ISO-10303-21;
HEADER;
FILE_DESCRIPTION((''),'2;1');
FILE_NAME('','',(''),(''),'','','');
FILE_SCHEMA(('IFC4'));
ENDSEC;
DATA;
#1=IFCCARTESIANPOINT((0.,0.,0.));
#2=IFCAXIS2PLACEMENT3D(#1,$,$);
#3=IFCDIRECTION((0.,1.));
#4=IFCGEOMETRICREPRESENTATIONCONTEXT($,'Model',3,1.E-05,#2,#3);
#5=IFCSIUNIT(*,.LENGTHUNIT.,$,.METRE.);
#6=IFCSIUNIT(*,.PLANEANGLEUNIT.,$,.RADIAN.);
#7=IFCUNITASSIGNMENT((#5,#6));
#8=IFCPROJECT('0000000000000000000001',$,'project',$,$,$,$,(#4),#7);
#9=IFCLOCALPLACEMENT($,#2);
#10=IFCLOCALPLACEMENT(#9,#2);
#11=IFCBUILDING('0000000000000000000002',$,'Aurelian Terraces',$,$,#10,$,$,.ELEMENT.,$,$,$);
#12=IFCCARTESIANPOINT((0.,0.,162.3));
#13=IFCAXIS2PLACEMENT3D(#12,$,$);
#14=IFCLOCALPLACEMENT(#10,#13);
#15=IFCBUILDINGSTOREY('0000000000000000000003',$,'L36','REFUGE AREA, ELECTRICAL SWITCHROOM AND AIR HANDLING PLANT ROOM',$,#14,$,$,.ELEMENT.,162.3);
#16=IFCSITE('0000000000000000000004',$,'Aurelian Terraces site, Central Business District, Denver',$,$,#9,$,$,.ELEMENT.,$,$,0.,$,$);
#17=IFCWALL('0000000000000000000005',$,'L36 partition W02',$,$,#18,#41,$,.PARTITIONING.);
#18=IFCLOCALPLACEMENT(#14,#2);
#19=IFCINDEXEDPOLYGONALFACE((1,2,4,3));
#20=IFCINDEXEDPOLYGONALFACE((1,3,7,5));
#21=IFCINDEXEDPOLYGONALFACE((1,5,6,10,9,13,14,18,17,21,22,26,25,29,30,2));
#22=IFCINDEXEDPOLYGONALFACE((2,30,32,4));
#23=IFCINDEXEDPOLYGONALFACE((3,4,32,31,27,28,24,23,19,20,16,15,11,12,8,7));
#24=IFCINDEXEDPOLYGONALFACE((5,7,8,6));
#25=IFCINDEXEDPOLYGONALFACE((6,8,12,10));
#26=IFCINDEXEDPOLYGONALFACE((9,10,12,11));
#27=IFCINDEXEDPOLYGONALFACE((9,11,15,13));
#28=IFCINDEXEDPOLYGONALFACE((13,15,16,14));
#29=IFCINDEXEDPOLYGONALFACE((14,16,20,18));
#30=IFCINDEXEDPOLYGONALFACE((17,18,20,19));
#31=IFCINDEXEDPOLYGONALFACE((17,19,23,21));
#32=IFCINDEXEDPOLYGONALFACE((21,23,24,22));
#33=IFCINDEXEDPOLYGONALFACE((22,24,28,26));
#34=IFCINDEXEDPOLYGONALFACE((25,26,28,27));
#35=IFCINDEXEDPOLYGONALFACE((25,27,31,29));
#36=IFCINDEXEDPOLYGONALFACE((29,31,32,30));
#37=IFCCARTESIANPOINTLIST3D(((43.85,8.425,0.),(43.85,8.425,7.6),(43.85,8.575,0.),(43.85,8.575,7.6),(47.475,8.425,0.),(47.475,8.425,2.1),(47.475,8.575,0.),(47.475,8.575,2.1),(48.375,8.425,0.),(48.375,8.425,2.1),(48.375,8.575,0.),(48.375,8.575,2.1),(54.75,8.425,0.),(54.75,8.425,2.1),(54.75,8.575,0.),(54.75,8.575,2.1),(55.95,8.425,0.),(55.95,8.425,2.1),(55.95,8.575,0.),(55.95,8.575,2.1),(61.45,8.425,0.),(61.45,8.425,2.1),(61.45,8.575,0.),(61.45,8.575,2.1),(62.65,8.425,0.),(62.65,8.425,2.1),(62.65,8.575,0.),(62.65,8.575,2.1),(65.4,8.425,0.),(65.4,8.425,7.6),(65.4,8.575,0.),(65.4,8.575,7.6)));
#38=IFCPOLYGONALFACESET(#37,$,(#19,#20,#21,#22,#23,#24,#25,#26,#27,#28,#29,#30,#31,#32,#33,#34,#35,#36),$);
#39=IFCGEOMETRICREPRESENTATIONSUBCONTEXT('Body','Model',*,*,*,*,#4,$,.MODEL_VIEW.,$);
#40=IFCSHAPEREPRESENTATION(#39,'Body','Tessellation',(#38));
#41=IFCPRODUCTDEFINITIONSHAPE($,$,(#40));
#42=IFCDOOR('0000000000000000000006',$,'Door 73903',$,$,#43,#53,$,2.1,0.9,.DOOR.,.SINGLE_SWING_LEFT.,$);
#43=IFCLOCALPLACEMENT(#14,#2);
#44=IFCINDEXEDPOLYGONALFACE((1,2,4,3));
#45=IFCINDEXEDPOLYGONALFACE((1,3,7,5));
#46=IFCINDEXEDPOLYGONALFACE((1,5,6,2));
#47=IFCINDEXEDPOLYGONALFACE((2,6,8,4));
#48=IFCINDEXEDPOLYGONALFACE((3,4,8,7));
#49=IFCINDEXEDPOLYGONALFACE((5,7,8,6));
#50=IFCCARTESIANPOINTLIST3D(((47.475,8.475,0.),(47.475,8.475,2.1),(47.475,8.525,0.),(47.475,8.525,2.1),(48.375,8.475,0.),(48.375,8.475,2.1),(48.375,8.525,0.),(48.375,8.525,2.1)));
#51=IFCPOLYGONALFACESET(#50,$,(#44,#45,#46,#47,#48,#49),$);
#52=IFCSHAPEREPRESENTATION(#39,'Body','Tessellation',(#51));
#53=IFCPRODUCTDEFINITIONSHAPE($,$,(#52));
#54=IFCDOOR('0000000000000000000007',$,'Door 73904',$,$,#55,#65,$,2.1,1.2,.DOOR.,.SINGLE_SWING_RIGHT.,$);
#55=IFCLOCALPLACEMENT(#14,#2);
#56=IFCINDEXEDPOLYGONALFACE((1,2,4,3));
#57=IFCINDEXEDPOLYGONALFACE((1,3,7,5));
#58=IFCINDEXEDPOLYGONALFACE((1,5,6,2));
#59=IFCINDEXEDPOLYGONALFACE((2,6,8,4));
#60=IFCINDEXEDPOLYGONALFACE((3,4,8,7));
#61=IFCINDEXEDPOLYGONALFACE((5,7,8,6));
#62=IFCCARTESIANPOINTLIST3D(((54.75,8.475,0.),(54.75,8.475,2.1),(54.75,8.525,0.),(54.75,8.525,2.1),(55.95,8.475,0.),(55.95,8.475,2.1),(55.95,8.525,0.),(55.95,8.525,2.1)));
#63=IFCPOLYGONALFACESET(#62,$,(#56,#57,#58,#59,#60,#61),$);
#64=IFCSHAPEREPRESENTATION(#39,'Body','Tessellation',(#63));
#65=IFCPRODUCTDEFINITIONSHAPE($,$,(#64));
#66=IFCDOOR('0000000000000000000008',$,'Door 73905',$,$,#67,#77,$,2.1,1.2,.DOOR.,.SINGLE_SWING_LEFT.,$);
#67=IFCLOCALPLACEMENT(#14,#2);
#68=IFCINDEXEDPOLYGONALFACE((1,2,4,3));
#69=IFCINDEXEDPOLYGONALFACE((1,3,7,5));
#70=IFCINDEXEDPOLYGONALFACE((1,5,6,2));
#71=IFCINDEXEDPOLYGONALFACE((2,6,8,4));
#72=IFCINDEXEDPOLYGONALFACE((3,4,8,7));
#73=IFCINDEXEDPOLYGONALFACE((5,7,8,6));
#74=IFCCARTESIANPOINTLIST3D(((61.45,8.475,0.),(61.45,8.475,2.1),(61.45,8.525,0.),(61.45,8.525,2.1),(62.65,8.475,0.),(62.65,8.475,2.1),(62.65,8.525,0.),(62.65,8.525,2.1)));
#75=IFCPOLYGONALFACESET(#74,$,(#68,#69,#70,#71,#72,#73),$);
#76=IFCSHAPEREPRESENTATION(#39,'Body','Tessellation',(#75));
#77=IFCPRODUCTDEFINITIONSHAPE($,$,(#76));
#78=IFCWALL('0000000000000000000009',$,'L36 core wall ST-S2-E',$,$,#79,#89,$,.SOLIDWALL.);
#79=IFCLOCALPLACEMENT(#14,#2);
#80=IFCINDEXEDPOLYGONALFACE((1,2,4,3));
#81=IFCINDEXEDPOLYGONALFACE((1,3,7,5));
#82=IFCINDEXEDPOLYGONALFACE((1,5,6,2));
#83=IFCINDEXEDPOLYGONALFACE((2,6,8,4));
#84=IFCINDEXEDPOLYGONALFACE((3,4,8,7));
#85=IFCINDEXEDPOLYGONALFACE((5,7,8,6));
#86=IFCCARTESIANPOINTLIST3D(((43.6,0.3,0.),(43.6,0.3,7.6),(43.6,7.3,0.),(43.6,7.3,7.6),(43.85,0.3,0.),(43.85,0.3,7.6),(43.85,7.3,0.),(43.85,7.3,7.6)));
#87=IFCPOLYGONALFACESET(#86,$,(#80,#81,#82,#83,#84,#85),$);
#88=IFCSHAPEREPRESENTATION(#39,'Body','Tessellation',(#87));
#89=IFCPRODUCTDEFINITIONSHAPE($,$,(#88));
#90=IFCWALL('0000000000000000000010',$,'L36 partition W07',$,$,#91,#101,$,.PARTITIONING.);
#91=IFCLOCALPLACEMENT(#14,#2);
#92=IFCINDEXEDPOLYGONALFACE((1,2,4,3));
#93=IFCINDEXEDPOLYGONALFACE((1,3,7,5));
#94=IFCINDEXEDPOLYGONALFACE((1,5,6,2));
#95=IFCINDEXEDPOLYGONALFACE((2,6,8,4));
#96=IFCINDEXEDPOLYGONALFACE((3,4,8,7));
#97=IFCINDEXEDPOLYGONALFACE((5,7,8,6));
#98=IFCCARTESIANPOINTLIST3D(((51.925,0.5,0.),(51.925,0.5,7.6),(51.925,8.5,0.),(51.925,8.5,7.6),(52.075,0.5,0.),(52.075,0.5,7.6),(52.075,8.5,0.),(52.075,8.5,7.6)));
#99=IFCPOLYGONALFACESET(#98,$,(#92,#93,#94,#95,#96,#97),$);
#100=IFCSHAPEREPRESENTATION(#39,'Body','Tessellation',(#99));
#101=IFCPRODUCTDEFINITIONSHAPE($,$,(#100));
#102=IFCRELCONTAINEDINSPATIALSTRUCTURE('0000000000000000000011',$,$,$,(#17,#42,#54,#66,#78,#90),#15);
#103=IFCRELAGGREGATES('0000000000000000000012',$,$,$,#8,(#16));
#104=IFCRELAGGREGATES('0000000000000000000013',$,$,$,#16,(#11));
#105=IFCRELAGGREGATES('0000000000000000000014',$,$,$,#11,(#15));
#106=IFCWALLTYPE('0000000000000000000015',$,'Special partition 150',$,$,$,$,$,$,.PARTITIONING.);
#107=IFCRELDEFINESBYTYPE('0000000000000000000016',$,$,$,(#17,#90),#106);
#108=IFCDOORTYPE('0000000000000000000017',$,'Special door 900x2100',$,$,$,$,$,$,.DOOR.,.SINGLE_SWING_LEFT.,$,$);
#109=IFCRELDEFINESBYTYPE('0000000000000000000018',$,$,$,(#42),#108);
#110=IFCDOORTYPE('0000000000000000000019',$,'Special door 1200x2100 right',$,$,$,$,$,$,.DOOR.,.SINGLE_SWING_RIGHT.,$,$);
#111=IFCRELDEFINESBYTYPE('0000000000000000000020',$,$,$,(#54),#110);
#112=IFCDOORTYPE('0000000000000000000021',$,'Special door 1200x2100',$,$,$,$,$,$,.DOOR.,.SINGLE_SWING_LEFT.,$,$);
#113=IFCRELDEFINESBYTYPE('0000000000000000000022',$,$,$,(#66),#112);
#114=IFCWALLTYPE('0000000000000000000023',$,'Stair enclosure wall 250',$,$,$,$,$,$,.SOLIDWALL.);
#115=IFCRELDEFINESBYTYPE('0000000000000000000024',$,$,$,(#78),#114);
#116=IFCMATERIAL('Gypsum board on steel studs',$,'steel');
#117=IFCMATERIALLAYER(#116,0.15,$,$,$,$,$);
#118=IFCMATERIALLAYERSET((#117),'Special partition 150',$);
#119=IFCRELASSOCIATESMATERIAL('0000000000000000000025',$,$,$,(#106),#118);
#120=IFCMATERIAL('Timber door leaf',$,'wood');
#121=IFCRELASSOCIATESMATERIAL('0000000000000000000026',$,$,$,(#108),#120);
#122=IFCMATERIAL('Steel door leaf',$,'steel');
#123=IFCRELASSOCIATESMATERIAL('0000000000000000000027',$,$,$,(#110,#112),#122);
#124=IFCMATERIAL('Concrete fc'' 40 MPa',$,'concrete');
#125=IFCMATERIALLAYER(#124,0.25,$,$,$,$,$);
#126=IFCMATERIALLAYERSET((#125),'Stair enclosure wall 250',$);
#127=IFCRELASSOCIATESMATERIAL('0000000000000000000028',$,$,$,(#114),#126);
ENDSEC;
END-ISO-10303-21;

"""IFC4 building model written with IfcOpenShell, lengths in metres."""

from ifc_helpers import new_model, si_unit, direction, frame, frame_2d, origin, place, context, subcontext, project, spatial, rectangle, extrude, source, transform, mapped, material, layer, layer_set, type_object, element, fill, save


model = new_model("IFC4")

# Units and contexts
model_context = context("Model", 3, precision=1e-05, world=origin(), true_north=direction((0.0, 1.0)))
body_context = subcontext(model_context, "Body", "Model", "MODEL_VIEW")
ifc_project = project(units=[si_unit("LENGTHUNIT", "METRE"), si_unit("PLANEANGLEUNIT", "RADIAN")], contexts=[model_context])

# Site, building, storey
site_placement = place(None, origin())
site = spatial("IfcSite", under=ifc_project, at=site_placement, Name="Aurelian Terraces site, Central Business District, Denver", CompositionType="ELEMENT", RefElevation=0.0)
building_placement = place(site_placement, origin())
building = spatial("IfcBuilding", under=site, at=building_placement, Name="Aurelian Terraces", CompositionType="ELEMENT")
storey_placement = place(building_placement, frame((0.0, 0.0, 162.3)))
storey = spatial("IfcBuildingStorey", under=building, at=storey_placement, Name="L36", Description="REFUGE AREA, ELECTRICAL SWITCHROOM AND AIR HANDLING PLANT ROOM", CompositionType="ELEMENT", Elevation=162.3)

# Shared definitions
ifc_material_1 = material(Name="Gypsum board on steel studs", Category="steel")

# Wall, openings, doors
ifc_layer_1 = layer(ifc_material_1, 0.15)
ifc_layer_set_1 = layer_set([ifc_layer_1], Name="Special partition 150")
wall_type_1 = type_object("IfcWallType", Name="Special partition 150", PredefinedType="PARTITIONING", material=ifc_layer_set_1)
wall_1_placement = place(storey_placement, frame((43.85, 8.5, 0.0), z_axis=(0.0, 0.0, 1.0), x_axis=(1.0, 0.0, 0.0)))
wall_1 = element("IfcWall", 1, at=wall_1_placement, inside=storey, type_object=wall_type_1, Name="L36 partition W02", PredefinedType="PARTITIONING", context=body_context, shape_type="SweptSolid", body=[
    extrude(rectangle(XDim=21.55, YDim=0.15, at=frame_2d((10.775, 0.0))), origin(), (0.0, 0.0, 1.0), 7.6),
])
shared_shape_1 = source(origin(), body_context, "Body", "SweptSolid", [
    extrude(rectangle(XDim=0.9, YDim=2.1, at=frame_2d((0.45, 1.05))), frame((0.0, 0.085, 0.0), z_axis=(0.0, -1.0, 0.0), x_axis=(1.0, 0.0, 0.0)), (0.0, 0.0, 1.0), 0.17),
])
opening_1_placement = place(wall_1_placement, frame((3.625, 0.0, 0.0)))
opening_1 = element("IfcOpeningElement", 2, at=opening_1_placement, cuts=wall_1, PredefinedType="OPENING", context=body_context, shape_type="MappedRepresentation", body=[
    mapped(shared_shape_1, transform((0.0, 0.0, 0.0), scale=1.0)),
])
shared_shape_2 = source(origin(), body_context, "Body", "SweptSolid", [
    extrude(rectangle(XDim=1.2, YDim=2.1, at=frame_2d((0.6, 1.05))), frame((0.0, 0.085, 0.0), z_axis=(0.0, -1.0, 0.0), x_axis=(1.0, 0.0, 0.0)), (0.0, 0.0, 1.0), 0.17),
])
opening_2_placement = place(wall_1_placement, frame((10.9, 0.0, 0.0)))
opening_2 = element("IfcOpeningElement", 3, at=opening_2_placement, cuts=wall_1, PredefinedType="OPENING", context=body_context, shape_type="MappedRepresentation", body=[
    mapped(shared_shape_2, transform((0.0, 0.0, 0.0), scale=1.0)),
])
opening_3_placement = place(wall_1_placement, frame((17.6, 0.0, 0.0)))
opening_3 = element("IfcOpeningElement", 4, at=opening_3_placement, cuts=wall_1, PredefinedType="OPENING", context=body_context, shape_type="MappedRepresentation", body=[
    mapped(shared_shape_2, transform((0.0, 0.0, 0.0), scale=1.0)),
])
ifc_material_2 = material(Name="Timber door leaf", Category="wood")
door_type_1 = type_object("IfcDoorType", Name="Special door 900x2100", OperationType="SINGLE_SWING_LEFT", PredefinedType="DOOR", material=ifc_material_2)
shared_shape_3 = source(origin(), body_context, "Body", "SweptSolid", [
    extrude(rectangle(XDim=0.9, YDim=2.1, at=frame_2d((0.45, 1.05))), frame((0.0, 0.025, 0.0), z_axis=(0.0, -1.0, 0.0), x_axis=(1.0, 0.0, 0.0)), (0.0, 0.0, 1.0), 0.05),
])
door_1_placement = place(opening_1_placement, origin())
door_1 = element("IfcDoor", 5, at=door_1_placement, inside=storey, type_object=door_type_1, Name="Door 73903", OperationType="SINGLE_SWING_LEFT", OverallHeight=2.1, OverallWidth=0.9, PredefinedType="DOOR", context=body_context, shape_type="MappedRepresentation", body=[
    mapped(shared_shape_3, transform((0.0, 0.0, 0.0), scale=1.0)),
])
fill(opening_1, door_1)
ifc_material_3 = material(Name="Steel door leaf", Category="steel")
door_type_2 = type_object("IfcDoorType", Name="Special door 1200x2100 right", OperationType="SINGLE_SWING_RIGHT", PredefinedType="DOOR", material=ifc_material_3)
shared_shape_4 = source(origin(), body_context, "Body", "SweptSolid", [
    extrude(rectangle(XDim=1.2, YDim=2.1, at=frame_2d((0.6, 1.05))), frame((0.0, 0.025, 0.0), z_axis=(0.0, -1.0, 0.0), x_axis=(1.0, 0.0, 0.0)), (0.0, 0.0, 1.0), 0.05),
])
door_2_placement = place(opening_2_placement, origin())
door_2 = element("IfcDoor", 6, at=door_2_placement, inside=storey, type_object=door_type_2, Name="Door 73904", OperationType="SINGLE_SWING_RIGHT", OverallHeight=2.1, OverallWidth=1.2, PredefinedType="DOOR", context=body_context, shape_type="MappedRepresentation", body=[
    mapped(shared_shape_4, transform((0.0, 0.0, 0.0), scale=1.0)),
])
fill(opening_2, door_2)
door_type_3 = type_object("IfcDoorType", Name="Special door 1200x2100", OperationType="SINGLE_SWING_LEFT", PredefinedType="DOOR", material=ifc_material_3)
door_3_placement = place(opening_3_placement, origin())
door_3 = element("IfcDoor", 7, at=door_3_placement, inside=storey, type_object=door_type_3, Name="Door 73905", OperationType="SINGLE_SWING_LEFT", OverallHeight=2.1, OverallWidth=1.2, PredefinedType="DOOR", context=body_context, shape_type="MappedRepresentation", body=[
    mapped(shared_shape_4, transform((0.0, 0.0, 0.0), scale=1.0)),
])
fill(opening_3, door_3)

# Walls
ifc_material_4 = material(Name="Concrete fc' 40 MPa", Category="concrete")
ifc_layer_2 = layer(ifc_material_4, 0.25)
ifc_layer_set_2 = layer_set([ifc_layer_2], Name="Stair enclosure wall 250")
wall_type_2 = type_object("IfcWallType", Name="Stair enclosure wall 250", PredefinedType="SOLIDWALL", material=ifc_layer_set_2)
shared_shape_5 = source(origin(), body_context, "Body", "SweptSolid", [
    extrude(rectangle(XDim=7.0, YDim=0.25, at=frame_2d((3.5, 0.0))), origin(), (0.0, 0.0, 1.0), 7.6),
])
wall_2_placement = place(storey_placement, frame((43.725, 0.3, 0.0), z_axis=(0.0, 0.0, 1.0), x_axis=(0.0, 1.0, 0.0)))
element("IfcWall", 8, at=wall_2_placement, inside=storey, type_object=wall_type_2, Name="L36 core wall ST-S2-E", PredefinedType="SOLIDWALL", context=body_context, shape_type="MappedRepresentation", body=[
    mapped(shared_shape_5, transform((0.0, 0.0, 0.0), scale=1.0)),
])
shared_shape_6 = source(origin(), body_context, "Body", "SweptSolid", [
    extrude(rectangle(XDim=8.0, YDim=0.15, at=frame_2d((4.0, 0.0))), origin(), (0.0, 0.0, 1.0), 7.6),
])
wall_3_placement = place(storey_placement, frame((52.0, 0.5, 0.0), z_axis=(0.0, 0.0, 1.0), x_axis=(0.0, 1.0, 0.0)))
element("IfcWall", 9, at=wall_3_placement, inside=storey, type_object=wall_type_1, Name="L36 partition W07", PredefinedType="PARTITIONING", context=body_context, shape_type="MappedRepresentation", body=[
    mapped(shared_shape_6, transform((0.0, 0.0, 0.0), scale=1.0)),
])

save(model, "model.ifc")
